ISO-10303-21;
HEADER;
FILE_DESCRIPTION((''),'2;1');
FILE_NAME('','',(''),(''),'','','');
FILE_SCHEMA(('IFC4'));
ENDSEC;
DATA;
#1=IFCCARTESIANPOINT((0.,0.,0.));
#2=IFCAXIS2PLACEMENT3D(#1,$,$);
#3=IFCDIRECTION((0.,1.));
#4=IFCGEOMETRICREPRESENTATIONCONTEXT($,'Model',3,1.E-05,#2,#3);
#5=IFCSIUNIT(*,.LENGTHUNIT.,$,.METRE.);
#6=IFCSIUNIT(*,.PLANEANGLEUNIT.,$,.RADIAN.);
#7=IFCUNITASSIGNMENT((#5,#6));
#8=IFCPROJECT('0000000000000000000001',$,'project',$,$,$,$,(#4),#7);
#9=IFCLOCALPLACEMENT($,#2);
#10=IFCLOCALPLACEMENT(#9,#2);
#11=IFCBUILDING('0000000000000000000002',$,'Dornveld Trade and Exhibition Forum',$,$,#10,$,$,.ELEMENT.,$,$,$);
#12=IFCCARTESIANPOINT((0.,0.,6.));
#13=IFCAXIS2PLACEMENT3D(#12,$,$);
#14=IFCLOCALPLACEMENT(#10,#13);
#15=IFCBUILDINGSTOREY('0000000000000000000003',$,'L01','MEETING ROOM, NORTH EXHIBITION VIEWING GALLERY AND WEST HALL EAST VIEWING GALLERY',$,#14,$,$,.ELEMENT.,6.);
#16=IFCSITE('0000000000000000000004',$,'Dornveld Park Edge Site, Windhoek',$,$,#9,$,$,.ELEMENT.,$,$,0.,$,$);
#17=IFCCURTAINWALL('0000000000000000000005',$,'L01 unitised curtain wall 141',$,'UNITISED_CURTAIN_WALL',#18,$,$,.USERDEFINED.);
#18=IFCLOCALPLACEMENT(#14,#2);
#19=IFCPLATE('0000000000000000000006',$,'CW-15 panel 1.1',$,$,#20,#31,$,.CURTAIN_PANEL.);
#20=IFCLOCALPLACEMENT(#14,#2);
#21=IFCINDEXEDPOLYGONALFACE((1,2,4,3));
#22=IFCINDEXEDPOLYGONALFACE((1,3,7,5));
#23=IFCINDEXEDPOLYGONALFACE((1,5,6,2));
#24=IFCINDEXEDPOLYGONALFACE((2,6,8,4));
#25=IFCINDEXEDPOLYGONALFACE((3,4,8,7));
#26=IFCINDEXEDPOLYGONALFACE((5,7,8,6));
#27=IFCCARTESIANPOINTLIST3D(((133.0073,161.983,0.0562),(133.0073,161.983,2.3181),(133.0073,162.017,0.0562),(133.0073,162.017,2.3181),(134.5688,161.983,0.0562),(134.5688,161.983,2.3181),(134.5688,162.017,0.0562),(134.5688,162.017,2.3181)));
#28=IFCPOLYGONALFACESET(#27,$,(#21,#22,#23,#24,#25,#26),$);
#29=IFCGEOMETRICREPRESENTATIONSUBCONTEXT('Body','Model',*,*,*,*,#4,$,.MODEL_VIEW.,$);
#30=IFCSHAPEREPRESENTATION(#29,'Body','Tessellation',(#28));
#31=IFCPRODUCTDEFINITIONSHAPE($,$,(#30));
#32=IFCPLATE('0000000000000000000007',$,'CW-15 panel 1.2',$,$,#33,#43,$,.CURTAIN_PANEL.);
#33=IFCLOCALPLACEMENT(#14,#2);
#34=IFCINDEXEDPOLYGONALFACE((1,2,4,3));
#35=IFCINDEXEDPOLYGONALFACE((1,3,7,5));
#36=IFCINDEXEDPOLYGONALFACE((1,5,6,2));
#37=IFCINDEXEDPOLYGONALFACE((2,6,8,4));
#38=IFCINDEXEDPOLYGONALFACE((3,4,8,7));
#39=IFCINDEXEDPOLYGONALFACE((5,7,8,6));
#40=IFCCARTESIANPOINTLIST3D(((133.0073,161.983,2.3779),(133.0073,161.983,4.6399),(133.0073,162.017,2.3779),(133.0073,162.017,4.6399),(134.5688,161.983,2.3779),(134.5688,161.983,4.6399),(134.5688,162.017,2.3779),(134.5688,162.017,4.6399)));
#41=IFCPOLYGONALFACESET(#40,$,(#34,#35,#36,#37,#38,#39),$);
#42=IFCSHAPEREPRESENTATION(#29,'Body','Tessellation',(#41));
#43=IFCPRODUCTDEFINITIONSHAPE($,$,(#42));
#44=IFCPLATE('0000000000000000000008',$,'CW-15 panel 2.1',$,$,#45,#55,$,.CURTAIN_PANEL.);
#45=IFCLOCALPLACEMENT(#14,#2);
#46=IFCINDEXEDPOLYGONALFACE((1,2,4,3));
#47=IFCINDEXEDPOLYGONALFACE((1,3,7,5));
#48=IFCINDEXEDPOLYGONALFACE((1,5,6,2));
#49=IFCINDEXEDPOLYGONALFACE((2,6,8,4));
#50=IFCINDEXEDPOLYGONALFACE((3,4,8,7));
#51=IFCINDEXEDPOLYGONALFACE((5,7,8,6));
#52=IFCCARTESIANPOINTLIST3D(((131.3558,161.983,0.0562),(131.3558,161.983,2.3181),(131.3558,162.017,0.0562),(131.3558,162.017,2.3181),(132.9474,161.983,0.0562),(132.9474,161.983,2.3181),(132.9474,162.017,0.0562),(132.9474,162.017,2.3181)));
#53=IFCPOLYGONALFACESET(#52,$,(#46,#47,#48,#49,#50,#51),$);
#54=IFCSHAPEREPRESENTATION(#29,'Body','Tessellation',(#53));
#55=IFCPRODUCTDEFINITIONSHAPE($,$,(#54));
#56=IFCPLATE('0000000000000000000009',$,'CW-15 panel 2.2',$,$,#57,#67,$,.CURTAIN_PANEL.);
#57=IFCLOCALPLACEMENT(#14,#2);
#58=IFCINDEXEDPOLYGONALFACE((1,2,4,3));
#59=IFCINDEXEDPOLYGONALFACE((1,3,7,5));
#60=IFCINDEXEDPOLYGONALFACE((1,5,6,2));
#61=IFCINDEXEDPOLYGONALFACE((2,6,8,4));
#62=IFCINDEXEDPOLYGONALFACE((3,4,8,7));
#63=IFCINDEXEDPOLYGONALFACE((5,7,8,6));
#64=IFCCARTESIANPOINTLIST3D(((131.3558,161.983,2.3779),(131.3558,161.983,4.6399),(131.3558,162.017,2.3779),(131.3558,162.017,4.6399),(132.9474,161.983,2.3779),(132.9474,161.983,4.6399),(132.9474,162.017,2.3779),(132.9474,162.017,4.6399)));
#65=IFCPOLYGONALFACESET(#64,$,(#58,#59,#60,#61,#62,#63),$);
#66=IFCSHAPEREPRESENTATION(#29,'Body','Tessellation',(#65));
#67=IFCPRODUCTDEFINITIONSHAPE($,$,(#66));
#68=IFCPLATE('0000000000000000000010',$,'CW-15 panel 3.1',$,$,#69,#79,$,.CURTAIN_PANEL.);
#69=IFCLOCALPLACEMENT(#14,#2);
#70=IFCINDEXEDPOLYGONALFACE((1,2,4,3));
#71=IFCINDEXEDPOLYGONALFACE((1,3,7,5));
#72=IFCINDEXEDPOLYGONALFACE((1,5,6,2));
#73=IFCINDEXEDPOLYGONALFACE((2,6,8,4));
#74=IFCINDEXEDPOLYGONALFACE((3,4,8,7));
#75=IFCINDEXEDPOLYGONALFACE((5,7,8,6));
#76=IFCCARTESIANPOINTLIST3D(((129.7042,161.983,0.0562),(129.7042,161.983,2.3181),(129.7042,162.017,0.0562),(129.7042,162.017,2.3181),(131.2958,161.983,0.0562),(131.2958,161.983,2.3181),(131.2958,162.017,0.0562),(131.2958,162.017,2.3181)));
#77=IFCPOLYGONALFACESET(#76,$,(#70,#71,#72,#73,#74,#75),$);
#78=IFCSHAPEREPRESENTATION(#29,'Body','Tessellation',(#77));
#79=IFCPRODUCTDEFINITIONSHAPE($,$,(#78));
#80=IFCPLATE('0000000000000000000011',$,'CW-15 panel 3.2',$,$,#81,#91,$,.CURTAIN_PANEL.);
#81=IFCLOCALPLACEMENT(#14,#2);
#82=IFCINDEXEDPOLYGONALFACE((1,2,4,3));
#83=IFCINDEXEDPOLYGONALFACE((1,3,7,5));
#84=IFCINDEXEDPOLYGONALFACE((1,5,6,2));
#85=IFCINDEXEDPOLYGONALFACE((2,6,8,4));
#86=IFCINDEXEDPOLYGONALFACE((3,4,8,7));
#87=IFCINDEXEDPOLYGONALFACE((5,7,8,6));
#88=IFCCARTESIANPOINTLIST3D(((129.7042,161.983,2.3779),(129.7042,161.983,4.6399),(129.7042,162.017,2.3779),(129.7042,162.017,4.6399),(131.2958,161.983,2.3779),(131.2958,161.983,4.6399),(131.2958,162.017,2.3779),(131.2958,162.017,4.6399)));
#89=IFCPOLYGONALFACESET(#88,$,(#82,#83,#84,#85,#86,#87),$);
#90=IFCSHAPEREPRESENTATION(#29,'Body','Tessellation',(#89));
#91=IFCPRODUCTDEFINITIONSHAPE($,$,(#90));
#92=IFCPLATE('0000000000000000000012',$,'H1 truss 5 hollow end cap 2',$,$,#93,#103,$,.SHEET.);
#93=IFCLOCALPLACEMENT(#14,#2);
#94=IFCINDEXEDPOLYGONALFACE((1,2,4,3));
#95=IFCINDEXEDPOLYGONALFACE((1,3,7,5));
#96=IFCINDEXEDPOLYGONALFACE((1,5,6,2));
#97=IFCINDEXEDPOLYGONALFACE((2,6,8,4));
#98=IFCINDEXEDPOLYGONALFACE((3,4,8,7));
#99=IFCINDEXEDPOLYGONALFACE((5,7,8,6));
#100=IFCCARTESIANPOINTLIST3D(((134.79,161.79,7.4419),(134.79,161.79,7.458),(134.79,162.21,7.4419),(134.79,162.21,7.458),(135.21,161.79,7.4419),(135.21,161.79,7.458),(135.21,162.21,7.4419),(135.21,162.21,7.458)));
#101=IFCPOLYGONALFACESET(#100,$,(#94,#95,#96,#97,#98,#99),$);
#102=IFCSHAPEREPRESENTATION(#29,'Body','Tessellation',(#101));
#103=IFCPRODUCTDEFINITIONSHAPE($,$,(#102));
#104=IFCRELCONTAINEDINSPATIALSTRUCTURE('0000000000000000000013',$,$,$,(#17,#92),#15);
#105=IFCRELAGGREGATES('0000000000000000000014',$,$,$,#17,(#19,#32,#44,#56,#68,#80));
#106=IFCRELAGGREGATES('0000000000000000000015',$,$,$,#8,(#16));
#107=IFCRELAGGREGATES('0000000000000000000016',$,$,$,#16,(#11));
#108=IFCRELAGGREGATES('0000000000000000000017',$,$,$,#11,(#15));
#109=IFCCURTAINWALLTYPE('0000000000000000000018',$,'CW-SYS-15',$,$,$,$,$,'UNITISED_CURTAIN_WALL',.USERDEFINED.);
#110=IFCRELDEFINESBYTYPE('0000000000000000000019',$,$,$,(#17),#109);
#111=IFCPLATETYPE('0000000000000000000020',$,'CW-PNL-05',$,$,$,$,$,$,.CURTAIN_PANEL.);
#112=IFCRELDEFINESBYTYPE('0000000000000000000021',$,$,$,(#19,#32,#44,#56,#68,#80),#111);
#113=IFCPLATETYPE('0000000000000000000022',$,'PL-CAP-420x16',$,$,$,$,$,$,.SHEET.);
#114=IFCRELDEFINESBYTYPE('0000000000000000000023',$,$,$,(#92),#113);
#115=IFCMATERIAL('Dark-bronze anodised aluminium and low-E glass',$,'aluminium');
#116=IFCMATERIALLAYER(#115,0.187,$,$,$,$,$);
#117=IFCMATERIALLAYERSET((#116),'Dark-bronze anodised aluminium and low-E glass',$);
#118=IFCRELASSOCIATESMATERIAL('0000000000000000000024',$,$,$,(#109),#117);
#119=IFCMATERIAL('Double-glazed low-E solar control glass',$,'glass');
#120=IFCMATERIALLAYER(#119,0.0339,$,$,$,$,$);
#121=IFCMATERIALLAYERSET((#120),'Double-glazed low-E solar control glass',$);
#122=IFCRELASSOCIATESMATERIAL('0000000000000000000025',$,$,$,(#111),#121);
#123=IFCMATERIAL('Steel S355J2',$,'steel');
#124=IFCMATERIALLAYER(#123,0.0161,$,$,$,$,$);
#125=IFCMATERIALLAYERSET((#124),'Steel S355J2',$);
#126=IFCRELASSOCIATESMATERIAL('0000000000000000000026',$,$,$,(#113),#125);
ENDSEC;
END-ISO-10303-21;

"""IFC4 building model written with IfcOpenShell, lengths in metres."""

from ifc_helpers import new_model, si_unit, direction, frame, origin, origin_2d, place, context, subcontext, project, spatial, rectangle, extrude, material, layer, layer_set, type_object, element, aggregate, save


model = new_model("IFC4")

# Units and contexts
model_context = context("Model", 3, precision=1e-05, world=origin(), true_north=direction((0.0, 1.0)))
body_context = subcontext(model_context, "Body", "Model", "MODEL_VIEW")
ifc_project = project(units=[si_unit("LENGTHUNIT", "METRE"), si_unit("PLANEANGLEUNIT", "RADIAN")], contexts=[model_context])

# Site, building, storey
site_placement = place(None, origin())
site = spatial("IfcSite", under=ifc_project, at=site_placement, Name="Dornveld Park Edge Site, Windhoek", CompositionType="ELEMENT", RefElevation=0.0)
building_placement = place(site_placement, origin())
building = spatial("IfcBuilding", under=site, at=building_placement, Name="Dornveld Trade and Exhibition Forum", CompositionType="ELEMENT")
storey_placement = place(building_placement, frame((0.0, 0.0, 6.0)))
storey = spatial("IfcBuildingStorey", under=building, at=storey_placement, Name="L01", Description="MEETING ROOM, NORTH EXHIBITION VIEWING GALLERY AND WEST HALL EAST VIEWING GALLERY", CompositionType="ELEMENT", Elevation=6.0)

# Curtain wall
ifc_material_1 = material(Name="Dark-bronze anodised aluminium and low-E glass", Category="aluminium")
ifc_layer_1 = layer(ifc_material_1, 0.187)
ifc_layer_set_1 = layer_set([ifc_layer_1], Name="Dark-bronze anodised aluminium and low-E glass")
curtain_wall_type_1 = type_object("IfcCurtainWallType", Name="CW-SYS-15", ElementType="UNITISED_CURTAIN_WALL", PredefinedType="USERDEFINED", material=ifc_layer_set_1)
curtain_wall_1_placement = place(storey_placement, origin())
curtain_wall_1 = element("IfcCurtainWall", 1, at=curtain_wall_1_placement, inside=storey, type_object=curtain_wall_type_1, Name="L01 unitised curtain wall 141", ObjectType="UNITISED_CURTAIN_WALL", PredefinedType="USERDEFINED")

# Plates
ifc_material_2 = material(Name="Double-glazed low-E solar control glass", Category="glass")
ifc_layer_2 = layer(ifc_material_2, 0.0339)
ifc_layer_set_2 = layer_set([ifc_layer_2], Name="Double-glazed low-E solar control glass")
plate_type_1 = type_object("IfcPlateType", Name="CW-PNL-05", PredefinedType="CURTAIN_PANEL", material=ifc_layer_set_2)
plate_1_placement = place(storey_placement, frame((133.7881, 162.0, 0.0562), z_axis=(0.0, 0.0, 1.0), x_axis=(-1.0, 0.0, 0.0)))
plate_1 = element("IfcPlate", 2, at=plate_1_placement, type_object=plate_type_1, Name="CW-15 panel 1.1", PredefinedType="CURTAIN_PANEL", context=body_context, shape_type="SweptSolid", body=[
    extrude(rectangle(XDim=1.5615, YDim=0.0339, at=origin_2d()), origin(), (0.0, 0.0, 1.0), 2.262),
])
plate_2_placement = place(storey_placement, frame((133.7881, 162.0, 2.3779), z_axis=(0.0, 0.0, 1.0), x_axis=(-1.0, 0.0, 0.0)))
plate_2 = element("IfcPlate", 3, at=plate_2_placement, type_object=plate_type_1, Name="CW-15 panel 1.2", PredefinedType="CURTAIN_PANEL", context=body_context, shape_type="SweptSolid", body=[
    extrude(rectangle(XDim=1.5615, YDim=0.0339, at=origin_2d()), origin(), (0.0, 0.0, 1.0), 2.262),
])
plate_3_placement = place(storey_placement, frame((132.1516, 162.0, 0.0562), z_axis=(0.0, 0.0, 1.0), x_axis=(-1.0, 0.0, 0.0)))
plate_3 = element("IfcPlate", 4, at=plate_3_placement, type_object=plate_type_1, Name="CW-15 panel 2.1", PredefinedType="CURTAIN_PANEL", context=body_context, shape_type="SweptSolid", body=[
    extrude(rectangle(XDim=1.5916, YDim=0.0339, at=origin_2d()), origin(), (0.0, 0.0, 1.0), 2.262),
])
plate_4_placement = place(storey_placement, frame((132.1516, 162.0, 2.3779), z_axis=(0.0, 0.0, 1.0), x_axis=(-1.0, 0.0, 0.0)))
plate_4 = element("IfcPlate", 5, at=plate_4_placement, type_object=plate_type_1, Name="CW-15 panel 2.2", PredefinedType="CURTAIN_PANEL", context=body_context, shape_type="SweptSolid", body=[
    extrude(rectangle(XDim=1.5916, YDim=0.0339, at=origin_2d()), origin(), (0.0, 0.0, 1.0), 2.262),
])
plate_5_placement = place(storey_placement, frame((130.5, 162.0, 0.0562), z_axis=(0.0, 0.0, 1.0), x_axis=(-1.0, 0.0, 0.0)))
plate_5 = element("IfcPlate", 6, at=plate_5_placement, type_object=plate_type_1, Name="CW-15 panel 3.1", PredefinedType="CURTAIN_PANEL", context=body_context, shape_type="SweptSolid", body=[
    extrude(rectangle(XDim=1.5916, YDim=0.0339, at=origin_2d()), origin(), (0.0, 0.0, 1.0), 2.262),
])
plate_6_placement = place(storey_placement, frame((130.5, 162.0, 2.3779), z_axis=(0.0, 0.0, 1.0), x_axis=(-1.0, 0.0, 0.0)))
plate_6 = element("IfcPlate", 7, at=plate_6_placement, type_object=plate_type_1, Name="CW-15 panel 3.2", PredefinedType="CURTAIN_PANEL", context=body_context, shape_type="SweptSolid", body=[
    extrude(rectangle(XDim=1.5916, YDim=0.0339, at=origin_2d()), origin(), (0.0, 0.0, 1.0), 2.262),
])
aggregate(curtain_wall_1, [plate_1, plate_2, plate_3, plate_4, plate_5, plate_6])
ifc_material_3 = material(Name="Steel S355J2", Category="steel")
ifc_layer_3 = layer(ifc_material_3, 0.0161)
ifc_layer_set_3 = layer_set([ifc_layer_3], Name="Steel S355J2")
plate_type_2 = type_object("IfcPlateType", Name="PL-CAP-420x16", PredefinedType="SHEET", material=ifc_layer_set_3)
plate_7_placement = place(storey_placement, frame((135.0, 162.0, 7.4419), z_axis=(0.0, 0.0, 1.0), x_axis=(1.0, 0.0, 0.0)))
element("IfcPlate", 8, at=plate_7_placement, inside=storey, type_object=plate_type_2, Name="H1 truss 5 hollow end cap 2", PredefinedType="SHEET", context=body_context, shape_type="SweptSolid", body=[
    extrude(rectangle(XDim=0.4199, YDim=0.4199, at=origin_2d()), origin(), (0.0, 0.0, 1.0), 0.0161),
])

save(model, "model.ifc")
